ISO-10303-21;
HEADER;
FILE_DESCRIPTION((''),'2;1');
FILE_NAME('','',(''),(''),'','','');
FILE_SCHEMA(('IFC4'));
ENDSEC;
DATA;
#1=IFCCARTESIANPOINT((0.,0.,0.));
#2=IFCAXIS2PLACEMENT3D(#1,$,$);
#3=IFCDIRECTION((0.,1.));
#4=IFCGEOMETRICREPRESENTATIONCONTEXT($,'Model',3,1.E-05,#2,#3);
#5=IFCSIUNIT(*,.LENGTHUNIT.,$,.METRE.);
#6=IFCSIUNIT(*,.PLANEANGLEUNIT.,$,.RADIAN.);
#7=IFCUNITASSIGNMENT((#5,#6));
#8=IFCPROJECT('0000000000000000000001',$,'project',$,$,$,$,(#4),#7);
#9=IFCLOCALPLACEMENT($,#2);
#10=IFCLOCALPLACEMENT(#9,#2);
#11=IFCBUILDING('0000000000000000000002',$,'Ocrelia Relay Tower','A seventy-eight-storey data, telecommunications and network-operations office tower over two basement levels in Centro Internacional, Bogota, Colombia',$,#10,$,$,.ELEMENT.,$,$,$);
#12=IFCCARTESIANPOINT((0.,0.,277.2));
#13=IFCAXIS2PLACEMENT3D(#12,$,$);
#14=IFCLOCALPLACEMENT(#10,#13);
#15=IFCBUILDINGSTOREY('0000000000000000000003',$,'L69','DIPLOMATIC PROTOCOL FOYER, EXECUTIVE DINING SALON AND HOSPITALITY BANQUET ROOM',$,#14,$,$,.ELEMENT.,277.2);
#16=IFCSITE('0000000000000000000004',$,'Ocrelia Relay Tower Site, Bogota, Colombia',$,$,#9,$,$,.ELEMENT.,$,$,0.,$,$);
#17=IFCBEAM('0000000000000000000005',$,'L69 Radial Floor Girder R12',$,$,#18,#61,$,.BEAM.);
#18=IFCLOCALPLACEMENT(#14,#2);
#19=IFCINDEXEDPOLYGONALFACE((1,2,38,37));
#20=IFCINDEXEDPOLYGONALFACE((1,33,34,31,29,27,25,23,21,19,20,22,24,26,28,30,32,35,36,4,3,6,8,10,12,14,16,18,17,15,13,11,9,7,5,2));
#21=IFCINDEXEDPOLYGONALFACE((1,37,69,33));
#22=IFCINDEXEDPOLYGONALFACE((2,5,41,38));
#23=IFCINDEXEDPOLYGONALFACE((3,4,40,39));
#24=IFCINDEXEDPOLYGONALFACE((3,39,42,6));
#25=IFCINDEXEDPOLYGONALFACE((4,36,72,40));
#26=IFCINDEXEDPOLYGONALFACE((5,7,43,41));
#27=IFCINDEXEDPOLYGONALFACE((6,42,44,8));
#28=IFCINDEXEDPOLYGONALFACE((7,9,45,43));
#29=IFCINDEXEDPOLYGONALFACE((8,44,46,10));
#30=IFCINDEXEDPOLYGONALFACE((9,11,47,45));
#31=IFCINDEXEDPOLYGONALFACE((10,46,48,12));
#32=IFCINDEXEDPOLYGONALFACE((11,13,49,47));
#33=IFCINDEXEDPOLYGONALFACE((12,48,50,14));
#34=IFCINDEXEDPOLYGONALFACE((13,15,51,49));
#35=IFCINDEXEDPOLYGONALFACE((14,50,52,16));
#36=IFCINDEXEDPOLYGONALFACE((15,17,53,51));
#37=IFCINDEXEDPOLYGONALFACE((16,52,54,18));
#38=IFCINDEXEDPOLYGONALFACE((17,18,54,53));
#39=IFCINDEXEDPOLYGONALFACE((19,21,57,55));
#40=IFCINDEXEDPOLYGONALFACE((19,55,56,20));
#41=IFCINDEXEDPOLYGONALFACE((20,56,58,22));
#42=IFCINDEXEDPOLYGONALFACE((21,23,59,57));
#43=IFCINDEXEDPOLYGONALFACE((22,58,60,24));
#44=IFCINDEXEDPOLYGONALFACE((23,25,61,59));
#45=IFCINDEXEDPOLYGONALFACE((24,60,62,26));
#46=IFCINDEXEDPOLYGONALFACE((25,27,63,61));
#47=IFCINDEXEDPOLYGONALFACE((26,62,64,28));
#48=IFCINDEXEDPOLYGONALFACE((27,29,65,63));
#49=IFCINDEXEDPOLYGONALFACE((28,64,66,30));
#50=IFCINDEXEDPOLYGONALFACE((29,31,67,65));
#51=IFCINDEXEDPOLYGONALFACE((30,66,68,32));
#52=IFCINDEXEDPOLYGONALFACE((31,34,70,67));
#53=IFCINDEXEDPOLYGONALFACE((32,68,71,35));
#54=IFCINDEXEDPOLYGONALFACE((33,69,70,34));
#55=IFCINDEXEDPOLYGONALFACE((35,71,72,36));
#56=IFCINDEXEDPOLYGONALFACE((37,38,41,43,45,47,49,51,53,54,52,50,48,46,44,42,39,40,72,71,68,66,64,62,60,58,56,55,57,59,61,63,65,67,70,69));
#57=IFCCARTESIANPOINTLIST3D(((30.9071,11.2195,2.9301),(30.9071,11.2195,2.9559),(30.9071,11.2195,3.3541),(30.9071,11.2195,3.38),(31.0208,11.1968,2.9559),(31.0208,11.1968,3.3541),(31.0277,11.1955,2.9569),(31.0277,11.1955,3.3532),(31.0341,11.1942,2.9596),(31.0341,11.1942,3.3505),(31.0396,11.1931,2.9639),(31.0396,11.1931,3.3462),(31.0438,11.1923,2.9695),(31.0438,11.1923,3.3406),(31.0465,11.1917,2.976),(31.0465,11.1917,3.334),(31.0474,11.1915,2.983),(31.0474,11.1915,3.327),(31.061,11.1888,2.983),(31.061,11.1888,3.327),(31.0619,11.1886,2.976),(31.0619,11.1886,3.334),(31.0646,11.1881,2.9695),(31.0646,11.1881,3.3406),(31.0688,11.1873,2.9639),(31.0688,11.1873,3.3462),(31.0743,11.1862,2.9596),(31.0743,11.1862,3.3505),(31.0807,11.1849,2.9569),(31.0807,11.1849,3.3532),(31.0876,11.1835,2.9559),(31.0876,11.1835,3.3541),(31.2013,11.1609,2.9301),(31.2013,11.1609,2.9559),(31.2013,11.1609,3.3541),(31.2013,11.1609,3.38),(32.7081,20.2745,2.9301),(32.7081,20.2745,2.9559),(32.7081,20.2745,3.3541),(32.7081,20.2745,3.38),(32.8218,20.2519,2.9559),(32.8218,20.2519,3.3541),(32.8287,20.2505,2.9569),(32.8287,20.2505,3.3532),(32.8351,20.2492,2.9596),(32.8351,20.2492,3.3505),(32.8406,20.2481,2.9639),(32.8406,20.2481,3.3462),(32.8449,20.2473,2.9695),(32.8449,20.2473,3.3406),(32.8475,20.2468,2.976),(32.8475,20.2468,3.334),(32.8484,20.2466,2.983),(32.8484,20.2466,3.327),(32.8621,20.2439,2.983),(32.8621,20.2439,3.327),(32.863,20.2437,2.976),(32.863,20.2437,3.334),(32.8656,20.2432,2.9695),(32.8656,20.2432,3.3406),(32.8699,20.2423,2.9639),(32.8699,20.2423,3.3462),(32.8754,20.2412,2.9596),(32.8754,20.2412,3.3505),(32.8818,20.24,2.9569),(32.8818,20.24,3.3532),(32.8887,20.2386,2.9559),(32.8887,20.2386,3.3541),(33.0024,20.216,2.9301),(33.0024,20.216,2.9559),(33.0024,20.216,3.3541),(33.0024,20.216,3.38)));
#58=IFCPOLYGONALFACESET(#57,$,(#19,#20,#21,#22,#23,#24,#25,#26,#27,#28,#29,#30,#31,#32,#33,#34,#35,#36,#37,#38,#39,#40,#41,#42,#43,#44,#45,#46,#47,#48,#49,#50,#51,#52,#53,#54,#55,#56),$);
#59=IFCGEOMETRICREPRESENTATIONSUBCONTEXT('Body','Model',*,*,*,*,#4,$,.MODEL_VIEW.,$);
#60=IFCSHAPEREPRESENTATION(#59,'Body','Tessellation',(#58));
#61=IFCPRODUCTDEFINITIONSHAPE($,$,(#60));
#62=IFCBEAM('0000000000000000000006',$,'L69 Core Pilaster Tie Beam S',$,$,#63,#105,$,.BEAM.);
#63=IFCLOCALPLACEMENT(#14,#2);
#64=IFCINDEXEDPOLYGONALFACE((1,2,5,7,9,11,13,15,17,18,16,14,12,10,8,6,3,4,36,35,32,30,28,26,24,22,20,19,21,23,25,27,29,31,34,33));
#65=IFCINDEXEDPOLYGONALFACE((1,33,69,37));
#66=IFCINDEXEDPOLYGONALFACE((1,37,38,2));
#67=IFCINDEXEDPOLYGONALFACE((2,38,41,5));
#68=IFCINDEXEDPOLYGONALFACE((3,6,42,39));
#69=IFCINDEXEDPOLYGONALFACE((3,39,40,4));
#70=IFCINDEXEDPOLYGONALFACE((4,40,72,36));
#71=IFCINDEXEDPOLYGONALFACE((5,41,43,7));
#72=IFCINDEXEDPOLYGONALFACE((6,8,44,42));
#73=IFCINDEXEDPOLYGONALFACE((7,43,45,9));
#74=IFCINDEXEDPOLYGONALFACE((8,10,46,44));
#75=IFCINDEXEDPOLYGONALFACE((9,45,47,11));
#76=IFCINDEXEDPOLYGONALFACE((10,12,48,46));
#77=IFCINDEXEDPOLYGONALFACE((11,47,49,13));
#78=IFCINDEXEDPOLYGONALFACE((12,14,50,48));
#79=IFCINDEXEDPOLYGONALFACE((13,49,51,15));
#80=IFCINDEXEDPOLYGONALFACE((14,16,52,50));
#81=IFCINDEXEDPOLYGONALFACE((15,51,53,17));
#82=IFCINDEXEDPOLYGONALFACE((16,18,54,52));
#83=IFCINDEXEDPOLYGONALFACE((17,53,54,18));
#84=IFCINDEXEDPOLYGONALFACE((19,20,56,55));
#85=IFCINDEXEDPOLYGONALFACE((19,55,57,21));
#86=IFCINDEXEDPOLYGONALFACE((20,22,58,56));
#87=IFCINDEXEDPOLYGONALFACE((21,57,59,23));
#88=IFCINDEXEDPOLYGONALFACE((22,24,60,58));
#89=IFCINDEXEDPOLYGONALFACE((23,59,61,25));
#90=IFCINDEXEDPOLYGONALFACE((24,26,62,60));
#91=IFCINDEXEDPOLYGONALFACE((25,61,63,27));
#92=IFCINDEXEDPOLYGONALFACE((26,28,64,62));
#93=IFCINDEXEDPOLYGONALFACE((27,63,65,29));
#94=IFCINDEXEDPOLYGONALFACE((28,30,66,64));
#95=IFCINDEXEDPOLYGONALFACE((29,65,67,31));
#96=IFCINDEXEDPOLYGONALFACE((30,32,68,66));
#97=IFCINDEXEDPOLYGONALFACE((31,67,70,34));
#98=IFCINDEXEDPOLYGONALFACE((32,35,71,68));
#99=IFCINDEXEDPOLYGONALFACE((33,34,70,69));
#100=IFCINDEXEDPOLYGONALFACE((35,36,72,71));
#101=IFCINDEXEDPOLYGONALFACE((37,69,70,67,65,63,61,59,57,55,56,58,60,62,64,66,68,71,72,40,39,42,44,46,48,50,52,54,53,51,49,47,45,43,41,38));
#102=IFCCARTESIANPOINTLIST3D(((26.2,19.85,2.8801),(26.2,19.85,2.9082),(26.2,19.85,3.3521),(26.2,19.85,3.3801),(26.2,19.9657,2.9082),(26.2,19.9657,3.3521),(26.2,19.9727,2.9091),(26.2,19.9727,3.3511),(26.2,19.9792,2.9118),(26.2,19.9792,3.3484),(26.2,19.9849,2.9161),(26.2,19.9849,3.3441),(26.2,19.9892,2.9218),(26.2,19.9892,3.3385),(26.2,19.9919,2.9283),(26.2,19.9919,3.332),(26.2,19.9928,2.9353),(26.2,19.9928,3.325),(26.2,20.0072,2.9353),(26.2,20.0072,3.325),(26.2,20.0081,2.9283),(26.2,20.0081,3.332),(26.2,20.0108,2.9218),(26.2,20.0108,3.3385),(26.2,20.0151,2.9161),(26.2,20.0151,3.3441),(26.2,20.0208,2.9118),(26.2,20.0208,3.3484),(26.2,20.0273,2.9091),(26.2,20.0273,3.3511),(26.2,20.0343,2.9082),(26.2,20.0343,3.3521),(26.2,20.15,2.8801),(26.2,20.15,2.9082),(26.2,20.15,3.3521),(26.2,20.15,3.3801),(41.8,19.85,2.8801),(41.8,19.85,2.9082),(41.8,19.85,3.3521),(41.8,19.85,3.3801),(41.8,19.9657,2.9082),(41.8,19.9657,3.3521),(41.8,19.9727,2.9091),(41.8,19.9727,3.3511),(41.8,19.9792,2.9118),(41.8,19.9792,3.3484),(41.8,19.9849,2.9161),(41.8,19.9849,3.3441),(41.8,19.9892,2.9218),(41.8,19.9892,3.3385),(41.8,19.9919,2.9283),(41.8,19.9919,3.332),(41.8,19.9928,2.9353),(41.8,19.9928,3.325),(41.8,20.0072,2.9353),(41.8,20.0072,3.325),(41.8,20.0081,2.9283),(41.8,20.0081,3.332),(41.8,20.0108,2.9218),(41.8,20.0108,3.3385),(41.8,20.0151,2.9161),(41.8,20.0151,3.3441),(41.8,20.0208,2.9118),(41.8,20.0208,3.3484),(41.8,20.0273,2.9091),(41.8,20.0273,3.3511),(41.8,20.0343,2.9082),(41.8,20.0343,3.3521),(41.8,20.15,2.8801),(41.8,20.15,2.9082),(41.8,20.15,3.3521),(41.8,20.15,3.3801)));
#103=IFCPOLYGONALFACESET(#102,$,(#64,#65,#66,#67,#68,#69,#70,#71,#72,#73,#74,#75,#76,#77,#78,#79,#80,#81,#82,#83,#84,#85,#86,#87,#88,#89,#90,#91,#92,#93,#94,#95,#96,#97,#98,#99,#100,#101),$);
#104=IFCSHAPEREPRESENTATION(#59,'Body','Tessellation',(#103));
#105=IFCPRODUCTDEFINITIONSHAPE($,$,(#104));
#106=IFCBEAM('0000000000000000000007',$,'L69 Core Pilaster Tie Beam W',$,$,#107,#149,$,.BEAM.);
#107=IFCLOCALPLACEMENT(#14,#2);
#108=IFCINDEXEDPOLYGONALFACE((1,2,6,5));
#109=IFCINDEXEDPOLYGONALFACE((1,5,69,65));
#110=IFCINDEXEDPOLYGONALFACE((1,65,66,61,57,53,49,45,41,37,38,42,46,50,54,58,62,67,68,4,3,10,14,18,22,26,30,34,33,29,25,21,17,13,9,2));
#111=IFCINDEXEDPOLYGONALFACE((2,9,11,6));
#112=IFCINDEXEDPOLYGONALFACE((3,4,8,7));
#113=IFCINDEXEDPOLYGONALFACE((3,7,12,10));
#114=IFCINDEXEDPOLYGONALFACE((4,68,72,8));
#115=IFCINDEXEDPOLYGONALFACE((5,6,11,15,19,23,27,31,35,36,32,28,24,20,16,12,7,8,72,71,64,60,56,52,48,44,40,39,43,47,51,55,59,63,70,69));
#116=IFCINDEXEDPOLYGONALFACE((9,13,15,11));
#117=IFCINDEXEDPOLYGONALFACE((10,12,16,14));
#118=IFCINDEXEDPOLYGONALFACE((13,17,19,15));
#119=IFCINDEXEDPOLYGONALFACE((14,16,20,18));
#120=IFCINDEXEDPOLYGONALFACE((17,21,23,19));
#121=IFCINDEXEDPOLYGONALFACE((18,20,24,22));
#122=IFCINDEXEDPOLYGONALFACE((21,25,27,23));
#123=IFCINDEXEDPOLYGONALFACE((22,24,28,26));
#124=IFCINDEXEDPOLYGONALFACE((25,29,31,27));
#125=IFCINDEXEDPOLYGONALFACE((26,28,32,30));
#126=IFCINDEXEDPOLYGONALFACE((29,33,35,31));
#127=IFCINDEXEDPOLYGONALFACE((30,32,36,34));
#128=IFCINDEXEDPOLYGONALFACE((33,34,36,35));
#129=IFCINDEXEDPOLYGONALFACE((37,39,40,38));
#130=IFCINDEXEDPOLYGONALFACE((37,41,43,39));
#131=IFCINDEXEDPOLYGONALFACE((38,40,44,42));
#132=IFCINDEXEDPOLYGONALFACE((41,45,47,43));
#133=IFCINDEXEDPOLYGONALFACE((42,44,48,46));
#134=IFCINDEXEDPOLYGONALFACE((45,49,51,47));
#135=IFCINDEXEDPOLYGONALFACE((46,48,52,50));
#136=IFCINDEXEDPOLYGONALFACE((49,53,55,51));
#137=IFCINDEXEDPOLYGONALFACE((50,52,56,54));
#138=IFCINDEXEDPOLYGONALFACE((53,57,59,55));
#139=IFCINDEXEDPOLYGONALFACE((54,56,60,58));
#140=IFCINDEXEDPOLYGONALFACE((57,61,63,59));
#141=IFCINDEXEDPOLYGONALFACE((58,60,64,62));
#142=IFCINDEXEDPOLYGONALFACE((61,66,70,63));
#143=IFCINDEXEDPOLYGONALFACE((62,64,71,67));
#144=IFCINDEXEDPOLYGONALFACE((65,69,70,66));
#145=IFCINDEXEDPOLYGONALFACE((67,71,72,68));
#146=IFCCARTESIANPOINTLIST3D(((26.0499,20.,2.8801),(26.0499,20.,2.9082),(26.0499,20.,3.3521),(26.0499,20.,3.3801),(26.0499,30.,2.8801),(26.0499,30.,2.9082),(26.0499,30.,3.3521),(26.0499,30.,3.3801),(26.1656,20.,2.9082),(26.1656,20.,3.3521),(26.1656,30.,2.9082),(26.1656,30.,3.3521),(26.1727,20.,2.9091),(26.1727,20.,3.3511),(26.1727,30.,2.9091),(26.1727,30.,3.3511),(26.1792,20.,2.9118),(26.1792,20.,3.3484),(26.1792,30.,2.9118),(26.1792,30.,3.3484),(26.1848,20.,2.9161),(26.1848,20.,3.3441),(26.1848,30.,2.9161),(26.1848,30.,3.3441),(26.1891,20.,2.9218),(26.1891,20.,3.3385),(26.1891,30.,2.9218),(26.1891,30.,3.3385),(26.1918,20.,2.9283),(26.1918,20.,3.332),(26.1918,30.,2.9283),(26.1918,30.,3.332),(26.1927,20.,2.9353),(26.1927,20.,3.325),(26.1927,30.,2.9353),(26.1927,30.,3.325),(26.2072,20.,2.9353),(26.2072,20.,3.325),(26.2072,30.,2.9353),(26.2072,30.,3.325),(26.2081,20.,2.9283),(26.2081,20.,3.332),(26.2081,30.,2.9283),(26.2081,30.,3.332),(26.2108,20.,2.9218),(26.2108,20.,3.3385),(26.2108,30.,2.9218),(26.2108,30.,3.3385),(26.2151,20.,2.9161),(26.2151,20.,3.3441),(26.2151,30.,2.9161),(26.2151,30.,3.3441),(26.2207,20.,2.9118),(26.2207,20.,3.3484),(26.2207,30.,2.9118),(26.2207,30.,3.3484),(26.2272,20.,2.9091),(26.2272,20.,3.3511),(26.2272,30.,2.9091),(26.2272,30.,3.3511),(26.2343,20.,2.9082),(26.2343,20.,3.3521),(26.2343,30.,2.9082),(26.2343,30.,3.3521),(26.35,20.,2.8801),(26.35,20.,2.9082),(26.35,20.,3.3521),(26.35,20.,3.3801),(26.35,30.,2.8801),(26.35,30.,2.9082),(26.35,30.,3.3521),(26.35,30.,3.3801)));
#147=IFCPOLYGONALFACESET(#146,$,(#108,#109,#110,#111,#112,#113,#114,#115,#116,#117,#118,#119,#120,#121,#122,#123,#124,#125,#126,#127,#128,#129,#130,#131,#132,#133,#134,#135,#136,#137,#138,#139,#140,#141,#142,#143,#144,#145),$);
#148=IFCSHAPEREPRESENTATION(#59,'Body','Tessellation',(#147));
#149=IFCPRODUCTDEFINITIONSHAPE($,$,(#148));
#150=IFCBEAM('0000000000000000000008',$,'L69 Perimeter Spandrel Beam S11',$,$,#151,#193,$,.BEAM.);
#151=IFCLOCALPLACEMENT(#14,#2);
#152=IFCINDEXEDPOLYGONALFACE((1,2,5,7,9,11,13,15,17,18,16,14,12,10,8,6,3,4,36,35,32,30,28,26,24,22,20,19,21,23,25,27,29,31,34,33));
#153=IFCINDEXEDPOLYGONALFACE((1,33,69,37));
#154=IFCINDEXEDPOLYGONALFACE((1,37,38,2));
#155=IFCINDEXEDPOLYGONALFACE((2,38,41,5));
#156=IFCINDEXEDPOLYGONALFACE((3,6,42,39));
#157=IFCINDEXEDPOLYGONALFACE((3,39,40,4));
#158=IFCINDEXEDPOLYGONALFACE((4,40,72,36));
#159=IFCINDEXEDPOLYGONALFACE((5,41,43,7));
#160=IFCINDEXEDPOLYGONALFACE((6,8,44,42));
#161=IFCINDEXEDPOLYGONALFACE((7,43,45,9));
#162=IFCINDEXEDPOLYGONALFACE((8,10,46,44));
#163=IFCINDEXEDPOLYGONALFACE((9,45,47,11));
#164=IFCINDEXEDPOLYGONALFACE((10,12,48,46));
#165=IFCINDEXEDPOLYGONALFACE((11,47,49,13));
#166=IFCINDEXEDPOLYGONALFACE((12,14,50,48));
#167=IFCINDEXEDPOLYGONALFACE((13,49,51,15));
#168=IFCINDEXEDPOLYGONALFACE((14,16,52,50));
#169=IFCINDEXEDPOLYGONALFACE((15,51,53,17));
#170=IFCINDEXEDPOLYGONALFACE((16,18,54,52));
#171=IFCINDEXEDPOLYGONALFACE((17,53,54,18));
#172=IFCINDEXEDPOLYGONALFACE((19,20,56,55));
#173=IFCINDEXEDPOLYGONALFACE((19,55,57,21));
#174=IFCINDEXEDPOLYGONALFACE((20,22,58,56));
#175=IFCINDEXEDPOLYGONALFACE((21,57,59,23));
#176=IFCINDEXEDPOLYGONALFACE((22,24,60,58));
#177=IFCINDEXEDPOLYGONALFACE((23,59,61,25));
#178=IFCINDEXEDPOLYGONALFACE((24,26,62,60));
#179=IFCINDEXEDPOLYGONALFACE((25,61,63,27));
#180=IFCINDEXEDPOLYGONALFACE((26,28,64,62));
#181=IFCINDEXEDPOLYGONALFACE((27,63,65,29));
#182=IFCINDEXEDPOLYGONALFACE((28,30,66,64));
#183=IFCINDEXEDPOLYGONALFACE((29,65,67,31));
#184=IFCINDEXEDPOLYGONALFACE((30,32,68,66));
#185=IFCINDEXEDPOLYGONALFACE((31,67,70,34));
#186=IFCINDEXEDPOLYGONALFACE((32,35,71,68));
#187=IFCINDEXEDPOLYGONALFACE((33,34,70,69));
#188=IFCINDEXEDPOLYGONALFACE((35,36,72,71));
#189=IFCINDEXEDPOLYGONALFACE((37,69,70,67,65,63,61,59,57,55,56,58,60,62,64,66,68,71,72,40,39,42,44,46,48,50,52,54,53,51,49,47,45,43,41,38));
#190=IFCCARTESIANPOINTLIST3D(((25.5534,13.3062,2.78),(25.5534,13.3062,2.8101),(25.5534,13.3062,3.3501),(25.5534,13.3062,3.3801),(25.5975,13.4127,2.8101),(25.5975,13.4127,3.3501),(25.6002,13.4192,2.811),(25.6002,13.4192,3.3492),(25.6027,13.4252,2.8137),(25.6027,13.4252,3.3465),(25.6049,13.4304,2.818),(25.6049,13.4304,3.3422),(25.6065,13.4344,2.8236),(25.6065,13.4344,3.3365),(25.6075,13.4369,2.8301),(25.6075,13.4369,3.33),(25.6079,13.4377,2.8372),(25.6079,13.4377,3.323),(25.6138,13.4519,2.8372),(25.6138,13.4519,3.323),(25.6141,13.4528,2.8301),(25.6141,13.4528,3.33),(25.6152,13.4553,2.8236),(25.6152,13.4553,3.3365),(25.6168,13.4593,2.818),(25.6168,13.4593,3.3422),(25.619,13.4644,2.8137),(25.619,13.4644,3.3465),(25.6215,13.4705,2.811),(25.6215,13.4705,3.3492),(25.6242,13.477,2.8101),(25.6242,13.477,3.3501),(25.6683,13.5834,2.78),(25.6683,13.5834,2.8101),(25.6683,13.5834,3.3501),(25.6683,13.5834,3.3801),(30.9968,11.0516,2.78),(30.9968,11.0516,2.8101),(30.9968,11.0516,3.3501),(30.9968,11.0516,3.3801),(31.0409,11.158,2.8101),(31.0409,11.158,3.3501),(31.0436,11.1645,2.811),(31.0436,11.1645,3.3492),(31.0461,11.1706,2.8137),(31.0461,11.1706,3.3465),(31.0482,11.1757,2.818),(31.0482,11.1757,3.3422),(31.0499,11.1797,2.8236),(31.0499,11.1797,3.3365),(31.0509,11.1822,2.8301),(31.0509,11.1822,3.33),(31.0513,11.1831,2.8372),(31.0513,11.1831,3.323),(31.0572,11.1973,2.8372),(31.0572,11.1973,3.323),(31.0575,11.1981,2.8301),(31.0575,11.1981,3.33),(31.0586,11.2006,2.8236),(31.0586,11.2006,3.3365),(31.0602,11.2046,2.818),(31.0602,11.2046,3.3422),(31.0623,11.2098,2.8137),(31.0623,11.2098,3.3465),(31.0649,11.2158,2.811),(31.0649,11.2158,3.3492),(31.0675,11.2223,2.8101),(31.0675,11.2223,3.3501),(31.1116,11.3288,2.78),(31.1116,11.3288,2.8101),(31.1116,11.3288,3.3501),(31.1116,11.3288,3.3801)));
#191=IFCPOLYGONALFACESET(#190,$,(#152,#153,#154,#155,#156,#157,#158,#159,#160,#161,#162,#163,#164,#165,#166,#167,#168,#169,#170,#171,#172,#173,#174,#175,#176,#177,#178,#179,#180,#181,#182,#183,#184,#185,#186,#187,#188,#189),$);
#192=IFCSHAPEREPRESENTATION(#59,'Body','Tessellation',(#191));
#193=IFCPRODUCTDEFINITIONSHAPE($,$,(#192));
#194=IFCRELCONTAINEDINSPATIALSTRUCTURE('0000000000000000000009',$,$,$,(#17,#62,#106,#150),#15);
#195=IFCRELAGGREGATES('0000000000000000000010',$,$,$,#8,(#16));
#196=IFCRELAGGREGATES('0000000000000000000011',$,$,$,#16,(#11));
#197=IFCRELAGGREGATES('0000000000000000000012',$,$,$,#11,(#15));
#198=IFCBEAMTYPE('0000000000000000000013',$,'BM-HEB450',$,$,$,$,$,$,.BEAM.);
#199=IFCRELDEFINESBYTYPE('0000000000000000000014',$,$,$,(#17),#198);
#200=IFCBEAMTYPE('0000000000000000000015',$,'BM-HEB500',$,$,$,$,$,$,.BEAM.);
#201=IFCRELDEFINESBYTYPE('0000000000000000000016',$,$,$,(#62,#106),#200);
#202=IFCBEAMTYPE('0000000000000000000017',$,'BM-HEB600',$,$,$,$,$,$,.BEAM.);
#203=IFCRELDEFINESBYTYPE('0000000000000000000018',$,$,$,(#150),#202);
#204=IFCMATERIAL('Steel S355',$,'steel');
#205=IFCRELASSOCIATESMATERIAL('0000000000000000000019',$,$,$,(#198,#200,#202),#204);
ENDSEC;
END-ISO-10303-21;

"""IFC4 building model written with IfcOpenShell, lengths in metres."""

from ifc_helpers import new_model, si_unit, direction, frame, origin, origin_2d, place, context, subcontext, project, spatial, i_section, extrude, material, material_profile, profile_set, type_object, element, save


model = new_model("IFC4")

# Units and contexts
model_context = context("Model", 3, precision=1e-05, world=origin(), true_north=direction((0.0, 1.0)))
body_context = subcontext(model_context, "Body", "Model", "MODEL_VIEW")
ifc_project = project(units=[si_unit("LENGTHUNIT", "METRE"), si_unit("PLANEANGLEUNIT", "RADIAN")], contexts=[model_context])

# Site, building, storey
site_placement = place(None, origin())
site = spatial("IfcSite", under=ifc_project, at=site_placement, Name="Ocrelia Relay Tower Site, Bogota, Colombia", CompositionType="ELEMENT", RefElevation=0.0)
building_placement = place(site_placement, origin())
building = spatial("IfcBuilding", under=site, at=building_placement, Name="Ocrelia Relay Tower", Description="A seventy-eight-storey data, telecommunications and network-operations office tower over two basement levels in Centro Internacional, Bogota, Colombia", CompositionType="ELEMENT")
storey_placement = place(building_placement, frame((0.0, 0.0, 277.2)))
storey = spatial("IfcBuildingStorey", under=building, at=storey_placement, Name="L69", Description="DIPLOMATIC PROTOCOL FOYER, EXECUTIVE DINING SALON AND HOSPITALITY BANQUET ROOM", CompositionType="ELEMENT", Elevation=277.2)

# Beams
ifc_material_1 = material(Name="Steel S355", Category="steel")
ifc_material_profile_1 = material_profile(ifc_material_1, i_section(OverallWidth=0.3, OverallDepth=0.45, WebThickness=0.0139, FlangeThickness=0.0259, FilletRadius=0.0271, at=origin_2d()), Name="HEB 450")
ifc_profile_set_1 = profile_set([ifc_material_profile_1], Name="Steel S355")
beam_type_1 = type_object("IfcBeamType", Name="BM-HEB450", PredefinedType="BEAM", material=ifc_profile_set_1)
beam_1_placement = place(storey_placement, frame((31.0542, 11.1902, 3.155), z_axis=(0.195079, 0.980788, 0.0), x_axis=(-0.980788, 0.195079, 0.0)))
element("IfcBeam", 1, at=beam_1_placement, inside=storey, type_object=beam_type_1, Name="L69 Radial Floor Girder R12", PredefinedType="BEAM", context=body_context, shape_type="SweptSolid", body=[
    extrude(i_section(OverallWidth=0.3, OverallDepth=0.45, WebThickness=0.0139, FlangeThickness=0.0259, FilletRadius=0.0271, at=origin_2d()), origin(), (0.0, 0.0, 1.0), 9.2324),
])
ifc_material_profile_2 = material_profile(ifc_material_1, i_section(OverallWidth=0.3, OverallDepth=0.5, WebThickness=0.0144, FlangeThickness=0.0281, FilletRadius=0.0271, at=origin_2d()), Name="HEB 500")
ifc_profile_set_2 = profile_set([ifc_material_profile_2], Name="Steel S355")
beam_type_2 = type_object("IfcBeamType", Name="BM-HEB500", PredefinedType="BEAM", material=ifc_profile_set_2)
beam_2_placement = place(storey_placement, frame((26.2, 20.0, 3.1301), z_axis=(1.0, 0.0, 0.0), x_axis=(0.0, 1.0, 0.0)))
element("IfcBeam", 2, at=beam_2_placement, inside=storey, type_object=beam_type_2, Name="L69 Core Pilaster Tie Beam S", PredefinedType="BEAM", context=body_context, shape_type="SweptSolid", body=[
    extrude(i_section(OverallWidth=0.3, OverallDepth=0.5, WebThickness=0.0144, FlangeThickness=0.0281, FilletRadius=0.0271, at=origin_2d()), origin(), (0.0, 0.0, 1.0), 15.6001),
])
beam_3_placement = place(storey_placement, frame((26.2, 20.0, 3.1301), z_axis=(0.0, 1.0, 0.0), x_axis=(-1.0, 0.0, 0.0)))
element("IfcBeam", 3, at=beam_3_placement, inside=storey, type_object=beam_type_2, Name="L69 Core Pilaster Tie Beam W", PredefinedType="BEAM", context=body_context, shape_type="SweptSolid", body=[
    extrude(i_section(OverallWidth=0.3, OverallDepth=0.5, WebThickness=0.0144, FlangeThickness=0.0281, FilletRadius=0.0271, at=origin_2d()), origin(), (0.0, 0.0, 1.0), 10.0),
])
ifc_material_profile_3 = material_profile(ifc_material_1, i_section(OverallWidth=0.3, OverallDepth=0.6001, WebThickness=0.0154, FlangeThickness=0.03, FilletRadius=0.0271, at=origin_2d()), Name="HEB 600")
ifc_profile_set_3 = profile_set([ifc_material_profile_3], Name="Steel S355")
beam_type_3 = type_object("IfcBeamType", Name="BM-HEB600", PredefinedType="BEAM", material=ifc_profile_set_3)
beam_4_placement = place(storey_placement, frame((25.6108, 13.4448, 3.0801), z_axis=(0.923884, -0.382673, 0.0), x_axis=(0.382673, 0.923884, 0.0)))
element("IfcBeam", 4, at=beam_4_placement, inside=storey, type_object=beam_type_3, Name="L69 Perimeter Spandrel Beam S11", PredefinedType="BEAM", context=body_context, shape_type="SweptSolid", body=[
    extrude(i_section(OverallWidth=0.3, OverallDepth=0.6001, WebThickness=0.0154, FlangeThickness=0.03, FilletRadius=0.0271, at=origin_2d()), origin(), (0.0, 0.0, 1.0), 5.8918),
])

save(model, "model.ifc")
